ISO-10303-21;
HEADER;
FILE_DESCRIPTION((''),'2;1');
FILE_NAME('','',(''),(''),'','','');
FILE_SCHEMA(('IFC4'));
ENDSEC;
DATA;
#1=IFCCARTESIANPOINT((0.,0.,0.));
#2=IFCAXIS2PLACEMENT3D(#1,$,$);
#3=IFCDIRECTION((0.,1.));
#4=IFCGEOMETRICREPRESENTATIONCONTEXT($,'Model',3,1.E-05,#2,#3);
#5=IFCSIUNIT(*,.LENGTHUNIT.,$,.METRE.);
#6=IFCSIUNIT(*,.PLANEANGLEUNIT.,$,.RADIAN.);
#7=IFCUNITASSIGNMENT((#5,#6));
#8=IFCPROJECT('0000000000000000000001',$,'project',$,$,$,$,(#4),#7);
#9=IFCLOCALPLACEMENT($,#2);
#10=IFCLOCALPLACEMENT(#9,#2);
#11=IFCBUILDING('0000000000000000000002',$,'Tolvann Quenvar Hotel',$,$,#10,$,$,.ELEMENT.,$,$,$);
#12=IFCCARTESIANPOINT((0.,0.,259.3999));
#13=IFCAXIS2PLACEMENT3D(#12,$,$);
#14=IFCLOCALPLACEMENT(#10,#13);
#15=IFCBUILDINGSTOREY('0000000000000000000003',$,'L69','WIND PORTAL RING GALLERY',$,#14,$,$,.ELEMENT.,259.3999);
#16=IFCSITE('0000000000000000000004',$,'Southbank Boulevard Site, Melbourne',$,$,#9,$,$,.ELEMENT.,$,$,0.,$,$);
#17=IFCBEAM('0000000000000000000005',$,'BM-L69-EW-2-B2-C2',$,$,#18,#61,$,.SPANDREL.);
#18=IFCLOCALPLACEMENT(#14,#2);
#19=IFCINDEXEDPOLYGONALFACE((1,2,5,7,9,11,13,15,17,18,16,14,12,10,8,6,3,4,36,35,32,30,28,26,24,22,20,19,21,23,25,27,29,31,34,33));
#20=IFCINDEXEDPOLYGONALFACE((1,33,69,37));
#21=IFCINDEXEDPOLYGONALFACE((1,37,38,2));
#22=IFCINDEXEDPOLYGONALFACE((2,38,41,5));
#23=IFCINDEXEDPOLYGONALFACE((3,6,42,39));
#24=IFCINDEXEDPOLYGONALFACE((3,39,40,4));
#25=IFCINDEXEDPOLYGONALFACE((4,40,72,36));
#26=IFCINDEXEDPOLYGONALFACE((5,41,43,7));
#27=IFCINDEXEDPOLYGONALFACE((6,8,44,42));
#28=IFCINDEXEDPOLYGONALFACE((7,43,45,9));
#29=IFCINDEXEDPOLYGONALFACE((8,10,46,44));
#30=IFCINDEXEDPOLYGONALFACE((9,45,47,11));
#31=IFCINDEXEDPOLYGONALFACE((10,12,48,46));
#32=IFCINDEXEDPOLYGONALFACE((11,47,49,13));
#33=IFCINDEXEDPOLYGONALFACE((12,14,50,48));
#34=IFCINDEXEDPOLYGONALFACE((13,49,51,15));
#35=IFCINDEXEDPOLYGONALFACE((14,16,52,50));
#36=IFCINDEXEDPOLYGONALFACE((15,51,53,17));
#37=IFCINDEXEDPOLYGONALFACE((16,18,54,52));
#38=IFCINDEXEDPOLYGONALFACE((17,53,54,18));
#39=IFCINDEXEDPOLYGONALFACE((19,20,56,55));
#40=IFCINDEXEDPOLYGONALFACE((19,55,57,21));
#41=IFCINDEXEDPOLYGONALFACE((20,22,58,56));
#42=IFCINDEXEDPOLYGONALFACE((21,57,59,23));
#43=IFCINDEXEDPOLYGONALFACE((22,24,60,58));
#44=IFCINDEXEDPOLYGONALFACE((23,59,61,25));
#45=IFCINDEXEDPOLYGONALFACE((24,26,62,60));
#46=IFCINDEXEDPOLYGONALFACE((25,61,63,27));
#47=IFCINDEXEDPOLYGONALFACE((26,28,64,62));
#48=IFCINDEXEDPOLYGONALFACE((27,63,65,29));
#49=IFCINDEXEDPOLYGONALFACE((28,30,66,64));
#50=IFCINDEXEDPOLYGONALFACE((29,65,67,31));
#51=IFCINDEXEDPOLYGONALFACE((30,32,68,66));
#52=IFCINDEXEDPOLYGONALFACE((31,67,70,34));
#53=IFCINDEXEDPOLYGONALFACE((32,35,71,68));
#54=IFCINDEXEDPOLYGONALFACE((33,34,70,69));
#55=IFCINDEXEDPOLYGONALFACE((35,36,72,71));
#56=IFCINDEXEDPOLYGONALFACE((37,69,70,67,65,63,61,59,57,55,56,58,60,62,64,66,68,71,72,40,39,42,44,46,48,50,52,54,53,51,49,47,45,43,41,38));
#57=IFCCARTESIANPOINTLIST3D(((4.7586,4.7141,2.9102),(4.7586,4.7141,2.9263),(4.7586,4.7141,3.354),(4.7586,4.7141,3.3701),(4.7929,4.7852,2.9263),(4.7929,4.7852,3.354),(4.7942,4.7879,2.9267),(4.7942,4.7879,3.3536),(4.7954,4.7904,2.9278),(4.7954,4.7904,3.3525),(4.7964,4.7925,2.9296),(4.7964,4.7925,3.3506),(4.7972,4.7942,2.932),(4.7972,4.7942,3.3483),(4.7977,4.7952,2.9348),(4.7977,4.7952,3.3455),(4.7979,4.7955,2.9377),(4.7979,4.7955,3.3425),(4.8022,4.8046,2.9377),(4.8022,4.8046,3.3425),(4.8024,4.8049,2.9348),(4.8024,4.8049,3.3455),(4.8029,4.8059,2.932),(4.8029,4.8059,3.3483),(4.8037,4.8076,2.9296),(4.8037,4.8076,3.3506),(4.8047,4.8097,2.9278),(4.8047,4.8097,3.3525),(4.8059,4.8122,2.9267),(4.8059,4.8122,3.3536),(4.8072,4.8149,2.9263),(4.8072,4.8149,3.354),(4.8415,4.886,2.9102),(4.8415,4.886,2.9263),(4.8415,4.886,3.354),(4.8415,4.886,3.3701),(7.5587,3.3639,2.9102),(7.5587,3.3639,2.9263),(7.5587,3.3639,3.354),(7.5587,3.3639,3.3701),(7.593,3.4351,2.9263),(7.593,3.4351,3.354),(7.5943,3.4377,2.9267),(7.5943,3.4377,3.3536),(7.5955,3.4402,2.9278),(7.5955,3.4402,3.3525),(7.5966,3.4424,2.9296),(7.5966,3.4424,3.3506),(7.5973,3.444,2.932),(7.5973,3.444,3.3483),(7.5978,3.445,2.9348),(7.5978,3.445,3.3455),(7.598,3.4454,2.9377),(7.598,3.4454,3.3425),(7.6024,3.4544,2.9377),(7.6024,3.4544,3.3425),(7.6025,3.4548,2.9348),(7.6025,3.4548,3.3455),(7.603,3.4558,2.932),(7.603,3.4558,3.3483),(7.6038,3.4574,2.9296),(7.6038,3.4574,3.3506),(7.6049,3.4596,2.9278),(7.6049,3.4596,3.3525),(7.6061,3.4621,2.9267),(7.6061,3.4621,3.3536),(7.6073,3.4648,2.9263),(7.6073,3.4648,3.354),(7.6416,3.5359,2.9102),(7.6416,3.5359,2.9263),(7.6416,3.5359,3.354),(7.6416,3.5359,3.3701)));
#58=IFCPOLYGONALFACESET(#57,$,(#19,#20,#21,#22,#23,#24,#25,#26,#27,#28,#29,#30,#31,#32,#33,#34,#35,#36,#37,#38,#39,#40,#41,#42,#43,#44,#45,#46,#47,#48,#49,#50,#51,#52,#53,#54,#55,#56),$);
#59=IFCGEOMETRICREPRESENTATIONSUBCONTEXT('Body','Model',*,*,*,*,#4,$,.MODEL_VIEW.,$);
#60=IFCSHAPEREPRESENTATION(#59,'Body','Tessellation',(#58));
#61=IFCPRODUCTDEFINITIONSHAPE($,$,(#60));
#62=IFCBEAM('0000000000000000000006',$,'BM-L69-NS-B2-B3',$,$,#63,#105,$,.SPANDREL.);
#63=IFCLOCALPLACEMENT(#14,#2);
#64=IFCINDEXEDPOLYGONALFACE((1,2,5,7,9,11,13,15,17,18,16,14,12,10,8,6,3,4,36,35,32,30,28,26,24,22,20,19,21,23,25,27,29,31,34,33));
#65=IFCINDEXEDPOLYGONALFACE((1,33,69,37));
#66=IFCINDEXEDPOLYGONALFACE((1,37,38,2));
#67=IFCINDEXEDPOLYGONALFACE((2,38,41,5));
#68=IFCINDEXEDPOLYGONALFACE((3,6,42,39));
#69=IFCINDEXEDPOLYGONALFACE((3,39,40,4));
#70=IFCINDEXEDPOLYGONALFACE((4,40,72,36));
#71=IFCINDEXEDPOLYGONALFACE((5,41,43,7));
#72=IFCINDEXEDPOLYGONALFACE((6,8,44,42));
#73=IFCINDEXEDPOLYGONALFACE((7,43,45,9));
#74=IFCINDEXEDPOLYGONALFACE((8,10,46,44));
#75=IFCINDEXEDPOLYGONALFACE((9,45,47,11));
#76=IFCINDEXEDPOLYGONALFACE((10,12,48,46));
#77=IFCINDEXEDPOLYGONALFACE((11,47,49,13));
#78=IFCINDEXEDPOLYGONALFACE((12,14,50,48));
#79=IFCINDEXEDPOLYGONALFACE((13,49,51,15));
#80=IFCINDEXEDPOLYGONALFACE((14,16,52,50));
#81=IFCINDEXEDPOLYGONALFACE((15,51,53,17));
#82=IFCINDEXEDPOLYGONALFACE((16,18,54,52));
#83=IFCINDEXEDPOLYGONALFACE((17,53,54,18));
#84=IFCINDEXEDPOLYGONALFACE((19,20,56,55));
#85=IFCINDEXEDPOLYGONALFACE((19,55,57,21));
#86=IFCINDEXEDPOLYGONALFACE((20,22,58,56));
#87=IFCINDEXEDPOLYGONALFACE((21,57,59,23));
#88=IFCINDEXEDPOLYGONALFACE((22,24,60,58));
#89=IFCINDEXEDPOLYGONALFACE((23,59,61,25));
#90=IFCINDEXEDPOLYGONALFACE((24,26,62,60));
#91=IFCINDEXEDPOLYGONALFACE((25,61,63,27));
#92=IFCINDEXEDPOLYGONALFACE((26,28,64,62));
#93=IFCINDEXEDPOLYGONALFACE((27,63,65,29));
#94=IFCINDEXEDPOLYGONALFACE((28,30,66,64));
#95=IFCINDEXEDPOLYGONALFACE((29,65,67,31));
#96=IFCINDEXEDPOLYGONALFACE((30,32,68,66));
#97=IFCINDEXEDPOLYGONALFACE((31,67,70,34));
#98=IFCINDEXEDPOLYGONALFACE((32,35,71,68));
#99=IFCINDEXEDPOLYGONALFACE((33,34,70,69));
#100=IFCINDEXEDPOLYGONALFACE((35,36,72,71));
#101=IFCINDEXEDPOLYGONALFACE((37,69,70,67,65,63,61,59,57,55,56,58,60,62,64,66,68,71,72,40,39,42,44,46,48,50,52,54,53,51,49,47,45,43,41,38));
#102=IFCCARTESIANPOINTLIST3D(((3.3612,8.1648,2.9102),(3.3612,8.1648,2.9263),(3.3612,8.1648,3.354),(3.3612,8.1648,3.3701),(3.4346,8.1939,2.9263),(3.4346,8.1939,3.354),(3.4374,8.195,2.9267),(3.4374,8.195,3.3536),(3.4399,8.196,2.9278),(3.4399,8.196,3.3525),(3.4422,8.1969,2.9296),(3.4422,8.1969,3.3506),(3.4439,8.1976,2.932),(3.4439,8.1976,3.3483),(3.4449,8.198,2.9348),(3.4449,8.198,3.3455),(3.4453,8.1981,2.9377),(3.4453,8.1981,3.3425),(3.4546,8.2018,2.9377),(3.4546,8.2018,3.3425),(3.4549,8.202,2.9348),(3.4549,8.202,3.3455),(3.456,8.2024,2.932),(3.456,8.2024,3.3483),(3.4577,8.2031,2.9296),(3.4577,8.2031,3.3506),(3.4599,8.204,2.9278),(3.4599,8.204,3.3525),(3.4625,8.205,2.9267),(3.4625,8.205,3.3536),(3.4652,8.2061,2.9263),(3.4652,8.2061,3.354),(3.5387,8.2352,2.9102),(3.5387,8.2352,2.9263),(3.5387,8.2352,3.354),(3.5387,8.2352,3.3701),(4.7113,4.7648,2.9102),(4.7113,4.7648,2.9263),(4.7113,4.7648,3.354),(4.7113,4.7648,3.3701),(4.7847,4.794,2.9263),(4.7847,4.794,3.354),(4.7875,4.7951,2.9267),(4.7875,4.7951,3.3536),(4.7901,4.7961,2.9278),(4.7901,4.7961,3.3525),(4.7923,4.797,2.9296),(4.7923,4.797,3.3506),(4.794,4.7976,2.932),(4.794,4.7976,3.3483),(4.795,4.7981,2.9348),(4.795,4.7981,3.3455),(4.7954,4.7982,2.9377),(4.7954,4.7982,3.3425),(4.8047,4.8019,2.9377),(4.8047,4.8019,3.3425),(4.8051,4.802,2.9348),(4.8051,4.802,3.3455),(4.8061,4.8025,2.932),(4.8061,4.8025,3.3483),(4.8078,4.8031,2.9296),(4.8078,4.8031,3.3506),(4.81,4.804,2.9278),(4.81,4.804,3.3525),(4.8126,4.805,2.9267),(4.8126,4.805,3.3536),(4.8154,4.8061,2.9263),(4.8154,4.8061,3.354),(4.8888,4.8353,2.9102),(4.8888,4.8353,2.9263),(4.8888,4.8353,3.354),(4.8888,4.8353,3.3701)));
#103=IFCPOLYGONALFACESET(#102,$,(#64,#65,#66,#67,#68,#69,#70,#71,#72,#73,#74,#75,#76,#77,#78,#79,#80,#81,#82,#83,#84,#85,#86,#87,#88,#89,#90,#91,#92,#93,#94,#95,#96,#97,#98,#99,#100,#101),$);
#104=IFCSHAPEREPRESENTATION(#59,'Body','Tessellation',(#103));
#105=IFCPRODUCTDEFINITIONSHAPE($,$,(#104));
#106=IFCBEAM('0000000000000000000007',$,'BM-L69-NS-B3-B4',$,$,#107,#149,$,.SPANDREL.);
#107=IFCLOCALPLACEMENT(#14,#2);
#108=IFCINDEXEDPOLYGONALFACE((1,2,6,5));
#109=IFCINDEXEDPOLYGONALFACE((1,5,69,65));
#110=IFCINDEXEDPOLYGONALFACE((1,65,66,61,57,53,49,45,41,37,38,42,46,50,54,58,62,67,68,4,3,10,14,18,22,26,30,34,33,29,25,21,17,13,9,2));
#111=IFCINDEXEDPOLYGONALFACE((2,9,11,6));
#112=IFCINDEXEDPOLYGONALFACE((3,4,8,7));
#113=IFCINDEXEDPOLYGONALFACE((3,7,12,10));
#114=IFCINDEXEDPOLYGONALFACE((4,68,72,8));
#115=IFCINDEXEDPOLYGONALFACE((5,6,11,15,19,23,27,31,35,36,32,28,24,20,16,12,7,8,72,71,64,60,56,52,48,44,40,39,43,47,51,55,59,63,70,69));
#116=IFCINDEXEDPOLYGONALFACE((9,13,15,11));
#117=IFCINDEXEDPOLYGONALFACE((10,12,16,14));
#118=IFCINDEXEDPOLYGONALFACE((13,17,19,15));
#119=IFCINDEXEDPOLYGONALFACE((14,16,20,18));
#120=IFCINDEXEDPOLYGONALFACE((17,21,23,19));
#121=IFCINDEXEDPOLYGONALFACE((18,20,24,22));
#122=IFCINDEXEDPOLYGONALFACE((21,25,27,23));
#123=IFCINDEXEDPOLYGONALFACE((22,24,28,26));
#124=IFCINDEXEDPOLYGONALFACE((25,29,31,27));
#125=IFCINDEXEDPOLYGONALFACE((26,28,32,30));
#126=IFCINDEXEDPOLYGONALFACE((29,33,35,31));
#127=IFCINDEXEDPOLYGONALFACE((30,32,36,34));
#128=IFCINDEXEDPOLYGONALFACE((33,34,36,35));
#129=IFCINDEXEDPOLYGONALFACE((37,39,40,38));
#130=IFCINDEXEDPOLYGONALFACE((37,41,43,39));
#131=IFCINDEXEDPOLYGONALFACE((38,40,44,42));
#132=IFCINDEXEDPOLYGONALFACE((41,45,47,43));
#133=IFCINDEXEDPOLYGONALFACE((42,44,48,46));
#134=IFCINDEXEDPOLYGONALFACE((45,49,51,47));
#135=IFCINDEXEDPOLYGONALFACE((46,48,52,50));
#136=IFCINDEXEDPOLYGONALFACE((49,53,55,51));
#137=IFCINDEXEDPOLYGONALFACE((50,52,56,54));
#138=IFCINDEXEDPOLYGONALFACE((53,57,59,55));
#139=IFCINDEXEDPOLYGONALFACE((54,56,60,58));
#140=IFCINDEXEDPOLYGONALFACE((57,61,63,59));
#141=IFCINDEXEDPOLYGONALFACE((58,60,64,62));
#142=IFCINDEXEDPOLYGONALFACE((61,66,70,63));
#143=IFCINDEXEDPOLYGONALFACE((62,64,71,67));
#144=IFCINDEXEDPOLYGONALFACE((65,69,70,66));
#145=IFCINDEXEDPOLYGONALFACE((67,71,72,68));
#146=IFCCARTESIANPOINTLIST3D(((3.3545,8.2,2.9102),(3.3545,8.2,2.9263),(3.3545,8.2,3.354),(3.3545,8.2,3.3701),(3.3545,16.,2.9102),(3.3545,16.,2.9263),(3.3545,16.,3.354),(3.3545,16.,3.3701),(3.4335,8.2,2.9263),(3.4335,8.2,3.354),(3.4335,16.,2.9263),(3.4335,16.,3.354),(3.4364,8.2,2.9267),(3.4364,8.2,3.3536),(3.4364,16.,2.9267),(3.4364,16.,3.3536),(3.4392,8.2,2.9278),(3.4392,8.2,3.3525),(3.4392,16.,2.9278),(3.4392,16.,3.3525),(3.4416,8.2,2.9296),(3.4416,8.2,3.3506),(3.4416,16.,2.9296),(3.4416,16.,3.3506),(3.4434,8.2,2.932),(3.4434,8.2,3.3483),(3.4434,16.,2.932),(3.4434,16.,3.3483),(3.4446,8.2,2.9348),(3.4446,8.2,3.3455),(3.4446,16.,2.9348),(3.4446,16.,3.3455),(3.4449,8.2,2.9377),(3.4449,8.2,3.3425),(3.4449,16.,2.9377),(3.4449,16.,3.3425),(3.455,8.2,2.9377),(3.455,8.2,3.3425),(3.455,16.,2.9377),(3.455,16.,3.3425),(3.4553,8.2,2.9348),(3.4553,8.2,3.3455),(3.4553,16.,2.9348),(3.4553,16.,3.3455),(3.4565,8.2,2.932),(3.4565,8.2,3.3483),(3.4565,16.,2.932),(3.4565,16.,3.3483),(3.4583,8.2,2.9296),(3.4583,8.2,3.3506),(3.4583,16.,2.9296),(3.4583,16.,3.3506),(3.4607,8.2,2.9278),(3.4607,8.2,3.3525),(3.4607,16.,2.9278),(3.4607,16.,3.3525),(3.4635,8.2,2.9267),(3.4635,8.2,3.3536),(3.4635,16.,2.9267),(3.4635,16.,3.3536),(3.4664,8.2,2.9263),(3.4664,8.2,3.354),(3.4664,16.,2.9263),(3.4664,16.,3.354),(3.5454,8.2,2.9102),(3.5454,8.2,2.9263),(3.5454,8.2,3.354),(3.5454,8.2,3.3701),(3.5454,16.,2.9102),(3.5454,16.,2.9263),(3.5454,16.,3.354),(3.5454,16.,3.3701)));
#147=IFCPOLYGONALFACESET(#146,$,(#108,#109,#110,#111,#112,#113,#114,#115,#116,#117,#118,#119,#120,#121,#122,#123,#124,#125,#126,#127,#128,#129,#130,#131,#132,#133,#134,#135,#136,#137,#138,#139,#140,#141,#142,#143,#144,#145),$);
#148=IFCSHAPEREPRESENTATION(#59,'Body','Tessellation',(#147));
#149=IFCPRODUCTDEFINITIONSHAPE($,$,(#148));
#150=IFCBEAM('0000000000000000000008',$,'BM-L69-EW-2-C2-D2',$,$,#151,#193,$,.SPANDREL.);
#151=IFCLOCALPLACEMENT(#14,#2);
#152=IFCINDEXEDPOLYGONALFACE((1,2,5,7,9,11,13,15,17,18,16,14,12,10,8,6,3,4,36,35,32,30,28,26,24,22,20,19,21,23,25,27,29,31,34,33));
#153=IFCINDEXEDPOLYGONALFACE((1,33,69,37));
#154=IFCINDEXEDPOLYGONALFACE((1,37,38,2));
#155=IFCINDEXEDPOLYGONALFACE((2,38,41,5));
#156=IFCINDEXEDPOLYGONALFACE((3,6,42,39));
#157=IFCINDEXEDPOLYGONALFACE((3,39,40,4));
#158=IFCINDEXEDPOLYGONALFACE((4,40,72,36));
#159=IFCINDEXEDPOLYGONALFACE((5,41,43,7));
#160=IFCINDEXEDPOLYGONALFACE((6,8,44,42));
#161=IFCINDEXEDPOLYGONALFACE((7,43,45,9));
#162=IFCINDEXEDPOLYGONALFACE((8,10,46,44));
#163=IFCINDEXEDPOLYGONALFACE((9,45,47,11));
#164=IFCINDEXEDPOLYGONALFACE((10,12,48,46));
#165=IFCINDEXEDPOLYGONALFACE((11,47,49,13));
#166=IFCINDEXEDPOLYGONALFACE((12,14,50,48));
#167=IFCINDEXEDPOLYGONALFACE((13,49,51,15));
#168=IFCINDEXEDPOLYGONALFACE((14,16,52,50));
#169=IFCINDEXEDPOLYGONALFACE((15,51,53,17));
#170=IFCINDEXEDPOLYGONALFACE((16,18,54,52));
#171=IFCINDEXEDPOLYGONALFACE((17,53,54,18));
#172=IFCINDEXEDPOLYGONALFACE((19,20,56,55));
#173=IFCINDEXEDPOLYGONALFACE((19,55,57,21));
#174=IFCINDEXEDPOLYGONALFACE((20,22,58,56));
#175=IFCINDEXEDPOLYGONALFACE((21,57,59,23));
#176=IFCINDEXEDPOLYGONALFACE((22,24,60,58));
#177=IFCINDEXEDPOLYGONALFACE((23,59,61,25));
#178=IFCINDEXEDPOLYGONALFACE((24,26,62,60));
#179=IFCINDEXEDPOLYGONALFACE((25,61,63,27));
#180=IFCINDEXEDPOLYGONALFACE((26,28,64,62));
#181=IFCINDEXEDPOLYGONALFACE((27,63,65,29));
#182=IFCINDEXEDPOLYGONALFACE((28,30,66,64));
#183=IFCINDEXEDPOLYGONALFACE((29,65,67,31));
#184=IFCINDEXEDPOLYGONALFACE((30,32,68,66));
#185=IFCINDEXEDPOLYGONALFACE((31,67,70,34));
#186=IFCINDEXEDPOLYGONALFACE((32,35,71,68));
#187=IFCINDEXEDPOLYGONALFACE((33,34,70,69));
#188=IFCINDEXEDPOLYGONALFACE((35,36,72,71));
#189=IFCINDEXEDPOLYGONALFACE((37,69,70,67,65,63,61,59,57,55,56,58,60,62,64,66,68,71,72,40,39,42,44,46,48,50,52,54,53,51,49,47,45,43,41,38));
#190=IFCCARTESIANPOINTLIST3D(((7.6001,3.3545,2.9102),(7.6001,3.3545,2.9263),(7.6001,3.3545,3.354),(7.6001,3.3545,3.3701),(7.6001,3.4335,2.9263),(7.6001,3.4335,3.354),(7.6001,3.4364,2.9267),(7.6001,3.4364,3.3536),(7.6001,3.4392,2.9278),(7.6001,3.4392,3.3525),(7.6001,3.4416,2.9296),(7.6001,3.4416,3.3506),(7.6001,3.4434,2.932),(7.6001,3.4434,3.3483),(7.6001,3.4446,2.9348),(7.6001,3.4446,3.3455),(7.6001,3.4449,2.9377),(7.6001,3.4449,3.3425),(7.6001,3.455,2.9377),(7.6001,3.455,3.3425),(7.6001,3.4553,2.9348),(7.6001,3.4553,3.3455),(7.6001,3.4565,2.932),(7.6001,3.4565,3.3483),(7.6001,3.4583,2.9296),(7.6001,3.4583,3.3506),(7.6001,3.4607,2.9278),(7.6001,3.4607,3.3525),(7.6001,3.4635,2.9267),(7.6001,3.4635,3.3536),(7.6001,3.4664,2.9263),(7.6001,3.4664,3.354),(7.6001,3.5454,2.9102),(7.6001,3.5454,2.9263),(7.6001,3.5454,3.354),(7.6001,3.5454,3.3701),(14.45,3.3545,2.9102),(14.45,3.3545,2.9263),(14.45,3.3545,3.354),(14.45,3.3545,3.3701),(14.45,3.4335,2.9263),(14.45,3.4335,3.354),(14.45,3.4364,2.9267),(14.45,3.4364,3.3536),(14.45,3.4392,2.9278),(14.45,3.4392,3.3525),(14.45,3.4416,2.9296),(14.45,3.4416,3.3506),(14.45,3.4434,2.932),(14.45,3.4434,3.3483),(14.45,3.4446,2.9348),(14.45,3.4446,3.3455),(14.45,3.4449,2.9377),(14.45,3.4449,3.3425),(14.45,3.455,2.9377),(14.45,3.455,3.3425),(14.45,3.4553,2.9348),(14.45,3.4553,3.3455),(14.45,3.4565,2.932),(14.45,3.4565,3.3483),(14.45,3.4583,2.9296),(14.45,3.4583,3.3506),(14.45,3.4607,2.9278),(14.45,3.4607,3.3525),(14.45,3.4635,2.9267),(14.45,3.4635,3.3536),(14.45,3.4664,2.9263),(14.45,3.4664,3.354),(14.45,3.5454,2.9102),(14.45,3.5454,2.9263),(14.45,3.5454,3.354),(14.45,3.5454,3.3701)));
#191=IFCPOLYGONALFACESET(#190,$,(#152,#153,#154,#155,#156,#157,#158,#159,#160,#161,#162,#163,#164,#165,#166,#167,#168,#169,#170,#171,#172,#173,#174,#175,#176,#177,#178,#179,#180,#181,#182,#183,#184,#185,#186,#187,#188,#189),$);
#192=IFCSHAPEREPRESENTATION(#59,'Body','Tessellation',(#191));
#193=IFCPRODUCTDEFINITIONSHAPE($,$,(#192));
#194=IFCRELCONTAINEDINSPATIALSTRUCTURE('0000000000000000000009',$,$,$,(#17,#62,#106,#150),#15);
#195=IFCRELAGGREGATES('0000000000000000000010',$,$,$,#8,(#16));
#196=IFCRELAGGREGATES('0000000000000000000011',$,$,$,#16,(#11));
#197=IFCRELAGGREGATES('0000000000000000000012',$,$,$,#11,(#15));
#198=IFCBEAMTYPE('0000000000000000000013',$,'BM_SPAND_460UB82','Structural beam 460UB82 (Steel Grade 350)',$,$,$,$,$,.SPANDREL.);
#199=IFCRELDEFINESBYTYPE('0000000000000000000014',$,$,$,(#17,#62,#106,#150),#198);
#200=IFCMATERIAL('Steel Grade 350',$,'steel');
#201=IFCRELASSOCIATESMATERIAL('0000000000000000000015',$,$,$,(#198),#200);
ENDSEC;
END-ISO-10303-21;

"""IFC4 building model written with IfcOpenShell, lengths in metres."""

from ifc_helpers import new_model, si_unit, direction, frame, origin, origin_2d, place, context, subcontext, project, spatial, i_section, extrude, source, transform, mapped, material, material_profile, profile_set, type_object, type_shapes, element, save


model = new_model("IFC4")

# Units and contexts
model_context = context("Model", 3, precision=1e-05, world=origin(), true_north=direction((0.0, 1.0)))
body_context = subcontext(model_context, "Body", "Model", "MODEL_VIEW")
ifc_project = project(units=[si_unit("LENGTHUNIT", "METRE"), si_unit("PLANEANGLEUNIT", "RADIAN")], contexts=[model_context])

# Site, building, storey
site_placement = place(None, origin())
site = spatial("IfcSite", under=ifc_project, at=site_placement, Name="Southbank Boulevard Site, Melbourne", CompositionType="ELEMENT", RefElevation=0.0)
building_placement = place(site_placement, origin())
building = spatial("IfcBuilding", under=site, at=building_placement, Name="Tolvann Quenvar Hotel", CompositionType="ELEMENT")
storey_placement = place(building_placement, frame((0.0, 0.0, 259.3999)))
storey = spatial("IfcBuildingStorey", under=building, at=storey_placement, Name="L69", Description="WIND PORTAL RING GALLERY", CompositionType="ELEMENT", Elevation=259.3999)

# Shared definitions
ifc_material_1 = material(Name="Steel Grade 350", Category="steel")

# Beams
ifc_material_profile_1 = material_profile(ifc_material_1, i_section(OverallWidth=0.1909, OverallDepth=0.46, WebThickness=0.01, FlangeThickness=0.0161, FilletRadius=0.0115, at=origin_2d()), Name="460UB82")
ifc_profile_set_1 = profile_set([ifc_material_profile_1], Name="Steel Grade 350")
beam_type_1 = type_object("IfcBeamType", Name="BM_SPAND_460UB82", Description="Structural beam 460UB82 (Steel Grade 350)", PredefinedType="SPANDREL", material=ifc_profile_set_1)
shared_shape_1 = source(origin(), body_context, "Body", "SweptSolid", [
    extrude(i_section(OverallWidth=0.1909, OverallDepth=0.46, WebThickness=0.01, FlangeThickness=0.0161, FilletRadius=0.0115, at=origin_2d()), origin(), (0.0, 0.0, 1.0), 3.1086),
])
beam_1_placement = place(storey_placement, frame((4.8, 4.8, 3.1401), z_axis=(0.900759, -0.434319, 0.0), x_axis=(0.434319, 0.900759, 0.0)))
element("IfcBeam", 1, at=beam_1_placement, inside=storey, type_object=beam_type_1, Name="BM-L69-EW-2-B2-C2", PredefinedType="SPANDREL", context=body_context, shape_type="MappedRepresentation", body=[
    mapped(shared_shape_1, transform((0.0, 0.0, 0.0), x_axis=(1.0, 0.0, 0.0), y_axis=(0.0, 1.0, 0.0), z_axis=(0.0, 0.0, 1.0), scale=1.0)),
])
shared_shape_2 = source(origin(), body_context, "Body", "SweptSolid", [
    extrude(i_section(OverallWidth=0.1909, OverallDepth=0.46, WebThickness=0.01, FlangeThickness=0.0161, FilletRadius=0.0115, at=origin_2d()), origin(), (0.0, 0.0, 1.0), 3.6582),
])
beam_2_placement = place(storey_placement, frame((4.8, 4.8, 3.1401), z_axis=(-0.369065, 0.929404, 0.0), x_axis=(-0.929404, -0.369065, 0.0)))
element("IfcBeam", 2, at=beam_2_placement, inside=storey, type_object=beam_type_1, Name="BM-L69-NS-B2-B3", PredefinedType="SPANDREL", context=body_context, shape_type="MappedRepresentation", body=[
    mapped(shared_shape_2, transform((0.0, 0.0, 0.0), x_axis=(1.0, 0.0, 0.0), y_axis=(0.0, 1.0, 0.0), z_axis=(0.0, 0.0, 1.0), scale=1.0)),
])
shared_shape_3 = source(origin(), body_context, "Body", "SweptSolid", [
    extrude(i_section(OverallWidth=0.1909, OverallDepth=0.46, WebThickness=0.01, FlangeThickness=0.0161, FilletRadius=0.0115, at=origin_2d()), origin(), (0.0, 0.0, 1.0), 7.8),
])
beam_3_placement = place(storey_placement, frame((3.45, 8.2, 3.1401), z_axis=(0.0, 1.0, 0.0), x_axis=(-1.0, 0.0, 0.0)))
element("IfcBeam", 3, at=beam_3_placement, inside=storey, type_object=beam_type_1, Name="BM-L69-NS-B3-B4", PredefinedType="SPANDREL", context=body_context, shape_type="MappedRepresentation", body=[
    mapped(shared_shape_3, transform((0.0, 0.0, 0.0), x_axis=(1.0, 0.0, 0.0), y_axis=(0.0, 1.0, 0.0), z_axis=(0.0, 0.0, 1.0), scale=1.0)),
])
shared_shape_4 = source(origin(), body_context, "Body", "SweptSolid", [
    extrude(i_section(OverallWidth=0.1909, OverallDepth=0.46, WebThickness=0.01, FlangeThickness=0.0161, FilletRadius=0.0115, at=origin_2d()), origin(), (0.0, 0.0, 1.0), 6.8499),
])
type_shapes(beam_type_1, [shared_shape_1, shared_shape_2, shared_shape_3, shared_shape_4])
beam_4_placement = place(storey_placement, frame((7.6001, 3.45, 3.1401), z_axis=(1.0, 0.0, 0.0), x_axis=(0.0, 1.0, 0.0)))
element("IfcBeam", 4, at=beam_4_placement, inside=storey, type_object=beam_type_1, Name="BM-L69-EW-2-C2-D2", PredefinedType="SPANDREL", context=body_context, shape_type="MappedRepresentation", body=[
    mapped(shared_shape_4, transform((0.0, 0.0, 0.0), x_axis=(1.0, 0.0, 0.0), y_axis=(0.0, 1.0, 0.0), z_axis=(0.0, 0.0, 1.0), scale=1.0)),
])

save(model, "model.ifc")
